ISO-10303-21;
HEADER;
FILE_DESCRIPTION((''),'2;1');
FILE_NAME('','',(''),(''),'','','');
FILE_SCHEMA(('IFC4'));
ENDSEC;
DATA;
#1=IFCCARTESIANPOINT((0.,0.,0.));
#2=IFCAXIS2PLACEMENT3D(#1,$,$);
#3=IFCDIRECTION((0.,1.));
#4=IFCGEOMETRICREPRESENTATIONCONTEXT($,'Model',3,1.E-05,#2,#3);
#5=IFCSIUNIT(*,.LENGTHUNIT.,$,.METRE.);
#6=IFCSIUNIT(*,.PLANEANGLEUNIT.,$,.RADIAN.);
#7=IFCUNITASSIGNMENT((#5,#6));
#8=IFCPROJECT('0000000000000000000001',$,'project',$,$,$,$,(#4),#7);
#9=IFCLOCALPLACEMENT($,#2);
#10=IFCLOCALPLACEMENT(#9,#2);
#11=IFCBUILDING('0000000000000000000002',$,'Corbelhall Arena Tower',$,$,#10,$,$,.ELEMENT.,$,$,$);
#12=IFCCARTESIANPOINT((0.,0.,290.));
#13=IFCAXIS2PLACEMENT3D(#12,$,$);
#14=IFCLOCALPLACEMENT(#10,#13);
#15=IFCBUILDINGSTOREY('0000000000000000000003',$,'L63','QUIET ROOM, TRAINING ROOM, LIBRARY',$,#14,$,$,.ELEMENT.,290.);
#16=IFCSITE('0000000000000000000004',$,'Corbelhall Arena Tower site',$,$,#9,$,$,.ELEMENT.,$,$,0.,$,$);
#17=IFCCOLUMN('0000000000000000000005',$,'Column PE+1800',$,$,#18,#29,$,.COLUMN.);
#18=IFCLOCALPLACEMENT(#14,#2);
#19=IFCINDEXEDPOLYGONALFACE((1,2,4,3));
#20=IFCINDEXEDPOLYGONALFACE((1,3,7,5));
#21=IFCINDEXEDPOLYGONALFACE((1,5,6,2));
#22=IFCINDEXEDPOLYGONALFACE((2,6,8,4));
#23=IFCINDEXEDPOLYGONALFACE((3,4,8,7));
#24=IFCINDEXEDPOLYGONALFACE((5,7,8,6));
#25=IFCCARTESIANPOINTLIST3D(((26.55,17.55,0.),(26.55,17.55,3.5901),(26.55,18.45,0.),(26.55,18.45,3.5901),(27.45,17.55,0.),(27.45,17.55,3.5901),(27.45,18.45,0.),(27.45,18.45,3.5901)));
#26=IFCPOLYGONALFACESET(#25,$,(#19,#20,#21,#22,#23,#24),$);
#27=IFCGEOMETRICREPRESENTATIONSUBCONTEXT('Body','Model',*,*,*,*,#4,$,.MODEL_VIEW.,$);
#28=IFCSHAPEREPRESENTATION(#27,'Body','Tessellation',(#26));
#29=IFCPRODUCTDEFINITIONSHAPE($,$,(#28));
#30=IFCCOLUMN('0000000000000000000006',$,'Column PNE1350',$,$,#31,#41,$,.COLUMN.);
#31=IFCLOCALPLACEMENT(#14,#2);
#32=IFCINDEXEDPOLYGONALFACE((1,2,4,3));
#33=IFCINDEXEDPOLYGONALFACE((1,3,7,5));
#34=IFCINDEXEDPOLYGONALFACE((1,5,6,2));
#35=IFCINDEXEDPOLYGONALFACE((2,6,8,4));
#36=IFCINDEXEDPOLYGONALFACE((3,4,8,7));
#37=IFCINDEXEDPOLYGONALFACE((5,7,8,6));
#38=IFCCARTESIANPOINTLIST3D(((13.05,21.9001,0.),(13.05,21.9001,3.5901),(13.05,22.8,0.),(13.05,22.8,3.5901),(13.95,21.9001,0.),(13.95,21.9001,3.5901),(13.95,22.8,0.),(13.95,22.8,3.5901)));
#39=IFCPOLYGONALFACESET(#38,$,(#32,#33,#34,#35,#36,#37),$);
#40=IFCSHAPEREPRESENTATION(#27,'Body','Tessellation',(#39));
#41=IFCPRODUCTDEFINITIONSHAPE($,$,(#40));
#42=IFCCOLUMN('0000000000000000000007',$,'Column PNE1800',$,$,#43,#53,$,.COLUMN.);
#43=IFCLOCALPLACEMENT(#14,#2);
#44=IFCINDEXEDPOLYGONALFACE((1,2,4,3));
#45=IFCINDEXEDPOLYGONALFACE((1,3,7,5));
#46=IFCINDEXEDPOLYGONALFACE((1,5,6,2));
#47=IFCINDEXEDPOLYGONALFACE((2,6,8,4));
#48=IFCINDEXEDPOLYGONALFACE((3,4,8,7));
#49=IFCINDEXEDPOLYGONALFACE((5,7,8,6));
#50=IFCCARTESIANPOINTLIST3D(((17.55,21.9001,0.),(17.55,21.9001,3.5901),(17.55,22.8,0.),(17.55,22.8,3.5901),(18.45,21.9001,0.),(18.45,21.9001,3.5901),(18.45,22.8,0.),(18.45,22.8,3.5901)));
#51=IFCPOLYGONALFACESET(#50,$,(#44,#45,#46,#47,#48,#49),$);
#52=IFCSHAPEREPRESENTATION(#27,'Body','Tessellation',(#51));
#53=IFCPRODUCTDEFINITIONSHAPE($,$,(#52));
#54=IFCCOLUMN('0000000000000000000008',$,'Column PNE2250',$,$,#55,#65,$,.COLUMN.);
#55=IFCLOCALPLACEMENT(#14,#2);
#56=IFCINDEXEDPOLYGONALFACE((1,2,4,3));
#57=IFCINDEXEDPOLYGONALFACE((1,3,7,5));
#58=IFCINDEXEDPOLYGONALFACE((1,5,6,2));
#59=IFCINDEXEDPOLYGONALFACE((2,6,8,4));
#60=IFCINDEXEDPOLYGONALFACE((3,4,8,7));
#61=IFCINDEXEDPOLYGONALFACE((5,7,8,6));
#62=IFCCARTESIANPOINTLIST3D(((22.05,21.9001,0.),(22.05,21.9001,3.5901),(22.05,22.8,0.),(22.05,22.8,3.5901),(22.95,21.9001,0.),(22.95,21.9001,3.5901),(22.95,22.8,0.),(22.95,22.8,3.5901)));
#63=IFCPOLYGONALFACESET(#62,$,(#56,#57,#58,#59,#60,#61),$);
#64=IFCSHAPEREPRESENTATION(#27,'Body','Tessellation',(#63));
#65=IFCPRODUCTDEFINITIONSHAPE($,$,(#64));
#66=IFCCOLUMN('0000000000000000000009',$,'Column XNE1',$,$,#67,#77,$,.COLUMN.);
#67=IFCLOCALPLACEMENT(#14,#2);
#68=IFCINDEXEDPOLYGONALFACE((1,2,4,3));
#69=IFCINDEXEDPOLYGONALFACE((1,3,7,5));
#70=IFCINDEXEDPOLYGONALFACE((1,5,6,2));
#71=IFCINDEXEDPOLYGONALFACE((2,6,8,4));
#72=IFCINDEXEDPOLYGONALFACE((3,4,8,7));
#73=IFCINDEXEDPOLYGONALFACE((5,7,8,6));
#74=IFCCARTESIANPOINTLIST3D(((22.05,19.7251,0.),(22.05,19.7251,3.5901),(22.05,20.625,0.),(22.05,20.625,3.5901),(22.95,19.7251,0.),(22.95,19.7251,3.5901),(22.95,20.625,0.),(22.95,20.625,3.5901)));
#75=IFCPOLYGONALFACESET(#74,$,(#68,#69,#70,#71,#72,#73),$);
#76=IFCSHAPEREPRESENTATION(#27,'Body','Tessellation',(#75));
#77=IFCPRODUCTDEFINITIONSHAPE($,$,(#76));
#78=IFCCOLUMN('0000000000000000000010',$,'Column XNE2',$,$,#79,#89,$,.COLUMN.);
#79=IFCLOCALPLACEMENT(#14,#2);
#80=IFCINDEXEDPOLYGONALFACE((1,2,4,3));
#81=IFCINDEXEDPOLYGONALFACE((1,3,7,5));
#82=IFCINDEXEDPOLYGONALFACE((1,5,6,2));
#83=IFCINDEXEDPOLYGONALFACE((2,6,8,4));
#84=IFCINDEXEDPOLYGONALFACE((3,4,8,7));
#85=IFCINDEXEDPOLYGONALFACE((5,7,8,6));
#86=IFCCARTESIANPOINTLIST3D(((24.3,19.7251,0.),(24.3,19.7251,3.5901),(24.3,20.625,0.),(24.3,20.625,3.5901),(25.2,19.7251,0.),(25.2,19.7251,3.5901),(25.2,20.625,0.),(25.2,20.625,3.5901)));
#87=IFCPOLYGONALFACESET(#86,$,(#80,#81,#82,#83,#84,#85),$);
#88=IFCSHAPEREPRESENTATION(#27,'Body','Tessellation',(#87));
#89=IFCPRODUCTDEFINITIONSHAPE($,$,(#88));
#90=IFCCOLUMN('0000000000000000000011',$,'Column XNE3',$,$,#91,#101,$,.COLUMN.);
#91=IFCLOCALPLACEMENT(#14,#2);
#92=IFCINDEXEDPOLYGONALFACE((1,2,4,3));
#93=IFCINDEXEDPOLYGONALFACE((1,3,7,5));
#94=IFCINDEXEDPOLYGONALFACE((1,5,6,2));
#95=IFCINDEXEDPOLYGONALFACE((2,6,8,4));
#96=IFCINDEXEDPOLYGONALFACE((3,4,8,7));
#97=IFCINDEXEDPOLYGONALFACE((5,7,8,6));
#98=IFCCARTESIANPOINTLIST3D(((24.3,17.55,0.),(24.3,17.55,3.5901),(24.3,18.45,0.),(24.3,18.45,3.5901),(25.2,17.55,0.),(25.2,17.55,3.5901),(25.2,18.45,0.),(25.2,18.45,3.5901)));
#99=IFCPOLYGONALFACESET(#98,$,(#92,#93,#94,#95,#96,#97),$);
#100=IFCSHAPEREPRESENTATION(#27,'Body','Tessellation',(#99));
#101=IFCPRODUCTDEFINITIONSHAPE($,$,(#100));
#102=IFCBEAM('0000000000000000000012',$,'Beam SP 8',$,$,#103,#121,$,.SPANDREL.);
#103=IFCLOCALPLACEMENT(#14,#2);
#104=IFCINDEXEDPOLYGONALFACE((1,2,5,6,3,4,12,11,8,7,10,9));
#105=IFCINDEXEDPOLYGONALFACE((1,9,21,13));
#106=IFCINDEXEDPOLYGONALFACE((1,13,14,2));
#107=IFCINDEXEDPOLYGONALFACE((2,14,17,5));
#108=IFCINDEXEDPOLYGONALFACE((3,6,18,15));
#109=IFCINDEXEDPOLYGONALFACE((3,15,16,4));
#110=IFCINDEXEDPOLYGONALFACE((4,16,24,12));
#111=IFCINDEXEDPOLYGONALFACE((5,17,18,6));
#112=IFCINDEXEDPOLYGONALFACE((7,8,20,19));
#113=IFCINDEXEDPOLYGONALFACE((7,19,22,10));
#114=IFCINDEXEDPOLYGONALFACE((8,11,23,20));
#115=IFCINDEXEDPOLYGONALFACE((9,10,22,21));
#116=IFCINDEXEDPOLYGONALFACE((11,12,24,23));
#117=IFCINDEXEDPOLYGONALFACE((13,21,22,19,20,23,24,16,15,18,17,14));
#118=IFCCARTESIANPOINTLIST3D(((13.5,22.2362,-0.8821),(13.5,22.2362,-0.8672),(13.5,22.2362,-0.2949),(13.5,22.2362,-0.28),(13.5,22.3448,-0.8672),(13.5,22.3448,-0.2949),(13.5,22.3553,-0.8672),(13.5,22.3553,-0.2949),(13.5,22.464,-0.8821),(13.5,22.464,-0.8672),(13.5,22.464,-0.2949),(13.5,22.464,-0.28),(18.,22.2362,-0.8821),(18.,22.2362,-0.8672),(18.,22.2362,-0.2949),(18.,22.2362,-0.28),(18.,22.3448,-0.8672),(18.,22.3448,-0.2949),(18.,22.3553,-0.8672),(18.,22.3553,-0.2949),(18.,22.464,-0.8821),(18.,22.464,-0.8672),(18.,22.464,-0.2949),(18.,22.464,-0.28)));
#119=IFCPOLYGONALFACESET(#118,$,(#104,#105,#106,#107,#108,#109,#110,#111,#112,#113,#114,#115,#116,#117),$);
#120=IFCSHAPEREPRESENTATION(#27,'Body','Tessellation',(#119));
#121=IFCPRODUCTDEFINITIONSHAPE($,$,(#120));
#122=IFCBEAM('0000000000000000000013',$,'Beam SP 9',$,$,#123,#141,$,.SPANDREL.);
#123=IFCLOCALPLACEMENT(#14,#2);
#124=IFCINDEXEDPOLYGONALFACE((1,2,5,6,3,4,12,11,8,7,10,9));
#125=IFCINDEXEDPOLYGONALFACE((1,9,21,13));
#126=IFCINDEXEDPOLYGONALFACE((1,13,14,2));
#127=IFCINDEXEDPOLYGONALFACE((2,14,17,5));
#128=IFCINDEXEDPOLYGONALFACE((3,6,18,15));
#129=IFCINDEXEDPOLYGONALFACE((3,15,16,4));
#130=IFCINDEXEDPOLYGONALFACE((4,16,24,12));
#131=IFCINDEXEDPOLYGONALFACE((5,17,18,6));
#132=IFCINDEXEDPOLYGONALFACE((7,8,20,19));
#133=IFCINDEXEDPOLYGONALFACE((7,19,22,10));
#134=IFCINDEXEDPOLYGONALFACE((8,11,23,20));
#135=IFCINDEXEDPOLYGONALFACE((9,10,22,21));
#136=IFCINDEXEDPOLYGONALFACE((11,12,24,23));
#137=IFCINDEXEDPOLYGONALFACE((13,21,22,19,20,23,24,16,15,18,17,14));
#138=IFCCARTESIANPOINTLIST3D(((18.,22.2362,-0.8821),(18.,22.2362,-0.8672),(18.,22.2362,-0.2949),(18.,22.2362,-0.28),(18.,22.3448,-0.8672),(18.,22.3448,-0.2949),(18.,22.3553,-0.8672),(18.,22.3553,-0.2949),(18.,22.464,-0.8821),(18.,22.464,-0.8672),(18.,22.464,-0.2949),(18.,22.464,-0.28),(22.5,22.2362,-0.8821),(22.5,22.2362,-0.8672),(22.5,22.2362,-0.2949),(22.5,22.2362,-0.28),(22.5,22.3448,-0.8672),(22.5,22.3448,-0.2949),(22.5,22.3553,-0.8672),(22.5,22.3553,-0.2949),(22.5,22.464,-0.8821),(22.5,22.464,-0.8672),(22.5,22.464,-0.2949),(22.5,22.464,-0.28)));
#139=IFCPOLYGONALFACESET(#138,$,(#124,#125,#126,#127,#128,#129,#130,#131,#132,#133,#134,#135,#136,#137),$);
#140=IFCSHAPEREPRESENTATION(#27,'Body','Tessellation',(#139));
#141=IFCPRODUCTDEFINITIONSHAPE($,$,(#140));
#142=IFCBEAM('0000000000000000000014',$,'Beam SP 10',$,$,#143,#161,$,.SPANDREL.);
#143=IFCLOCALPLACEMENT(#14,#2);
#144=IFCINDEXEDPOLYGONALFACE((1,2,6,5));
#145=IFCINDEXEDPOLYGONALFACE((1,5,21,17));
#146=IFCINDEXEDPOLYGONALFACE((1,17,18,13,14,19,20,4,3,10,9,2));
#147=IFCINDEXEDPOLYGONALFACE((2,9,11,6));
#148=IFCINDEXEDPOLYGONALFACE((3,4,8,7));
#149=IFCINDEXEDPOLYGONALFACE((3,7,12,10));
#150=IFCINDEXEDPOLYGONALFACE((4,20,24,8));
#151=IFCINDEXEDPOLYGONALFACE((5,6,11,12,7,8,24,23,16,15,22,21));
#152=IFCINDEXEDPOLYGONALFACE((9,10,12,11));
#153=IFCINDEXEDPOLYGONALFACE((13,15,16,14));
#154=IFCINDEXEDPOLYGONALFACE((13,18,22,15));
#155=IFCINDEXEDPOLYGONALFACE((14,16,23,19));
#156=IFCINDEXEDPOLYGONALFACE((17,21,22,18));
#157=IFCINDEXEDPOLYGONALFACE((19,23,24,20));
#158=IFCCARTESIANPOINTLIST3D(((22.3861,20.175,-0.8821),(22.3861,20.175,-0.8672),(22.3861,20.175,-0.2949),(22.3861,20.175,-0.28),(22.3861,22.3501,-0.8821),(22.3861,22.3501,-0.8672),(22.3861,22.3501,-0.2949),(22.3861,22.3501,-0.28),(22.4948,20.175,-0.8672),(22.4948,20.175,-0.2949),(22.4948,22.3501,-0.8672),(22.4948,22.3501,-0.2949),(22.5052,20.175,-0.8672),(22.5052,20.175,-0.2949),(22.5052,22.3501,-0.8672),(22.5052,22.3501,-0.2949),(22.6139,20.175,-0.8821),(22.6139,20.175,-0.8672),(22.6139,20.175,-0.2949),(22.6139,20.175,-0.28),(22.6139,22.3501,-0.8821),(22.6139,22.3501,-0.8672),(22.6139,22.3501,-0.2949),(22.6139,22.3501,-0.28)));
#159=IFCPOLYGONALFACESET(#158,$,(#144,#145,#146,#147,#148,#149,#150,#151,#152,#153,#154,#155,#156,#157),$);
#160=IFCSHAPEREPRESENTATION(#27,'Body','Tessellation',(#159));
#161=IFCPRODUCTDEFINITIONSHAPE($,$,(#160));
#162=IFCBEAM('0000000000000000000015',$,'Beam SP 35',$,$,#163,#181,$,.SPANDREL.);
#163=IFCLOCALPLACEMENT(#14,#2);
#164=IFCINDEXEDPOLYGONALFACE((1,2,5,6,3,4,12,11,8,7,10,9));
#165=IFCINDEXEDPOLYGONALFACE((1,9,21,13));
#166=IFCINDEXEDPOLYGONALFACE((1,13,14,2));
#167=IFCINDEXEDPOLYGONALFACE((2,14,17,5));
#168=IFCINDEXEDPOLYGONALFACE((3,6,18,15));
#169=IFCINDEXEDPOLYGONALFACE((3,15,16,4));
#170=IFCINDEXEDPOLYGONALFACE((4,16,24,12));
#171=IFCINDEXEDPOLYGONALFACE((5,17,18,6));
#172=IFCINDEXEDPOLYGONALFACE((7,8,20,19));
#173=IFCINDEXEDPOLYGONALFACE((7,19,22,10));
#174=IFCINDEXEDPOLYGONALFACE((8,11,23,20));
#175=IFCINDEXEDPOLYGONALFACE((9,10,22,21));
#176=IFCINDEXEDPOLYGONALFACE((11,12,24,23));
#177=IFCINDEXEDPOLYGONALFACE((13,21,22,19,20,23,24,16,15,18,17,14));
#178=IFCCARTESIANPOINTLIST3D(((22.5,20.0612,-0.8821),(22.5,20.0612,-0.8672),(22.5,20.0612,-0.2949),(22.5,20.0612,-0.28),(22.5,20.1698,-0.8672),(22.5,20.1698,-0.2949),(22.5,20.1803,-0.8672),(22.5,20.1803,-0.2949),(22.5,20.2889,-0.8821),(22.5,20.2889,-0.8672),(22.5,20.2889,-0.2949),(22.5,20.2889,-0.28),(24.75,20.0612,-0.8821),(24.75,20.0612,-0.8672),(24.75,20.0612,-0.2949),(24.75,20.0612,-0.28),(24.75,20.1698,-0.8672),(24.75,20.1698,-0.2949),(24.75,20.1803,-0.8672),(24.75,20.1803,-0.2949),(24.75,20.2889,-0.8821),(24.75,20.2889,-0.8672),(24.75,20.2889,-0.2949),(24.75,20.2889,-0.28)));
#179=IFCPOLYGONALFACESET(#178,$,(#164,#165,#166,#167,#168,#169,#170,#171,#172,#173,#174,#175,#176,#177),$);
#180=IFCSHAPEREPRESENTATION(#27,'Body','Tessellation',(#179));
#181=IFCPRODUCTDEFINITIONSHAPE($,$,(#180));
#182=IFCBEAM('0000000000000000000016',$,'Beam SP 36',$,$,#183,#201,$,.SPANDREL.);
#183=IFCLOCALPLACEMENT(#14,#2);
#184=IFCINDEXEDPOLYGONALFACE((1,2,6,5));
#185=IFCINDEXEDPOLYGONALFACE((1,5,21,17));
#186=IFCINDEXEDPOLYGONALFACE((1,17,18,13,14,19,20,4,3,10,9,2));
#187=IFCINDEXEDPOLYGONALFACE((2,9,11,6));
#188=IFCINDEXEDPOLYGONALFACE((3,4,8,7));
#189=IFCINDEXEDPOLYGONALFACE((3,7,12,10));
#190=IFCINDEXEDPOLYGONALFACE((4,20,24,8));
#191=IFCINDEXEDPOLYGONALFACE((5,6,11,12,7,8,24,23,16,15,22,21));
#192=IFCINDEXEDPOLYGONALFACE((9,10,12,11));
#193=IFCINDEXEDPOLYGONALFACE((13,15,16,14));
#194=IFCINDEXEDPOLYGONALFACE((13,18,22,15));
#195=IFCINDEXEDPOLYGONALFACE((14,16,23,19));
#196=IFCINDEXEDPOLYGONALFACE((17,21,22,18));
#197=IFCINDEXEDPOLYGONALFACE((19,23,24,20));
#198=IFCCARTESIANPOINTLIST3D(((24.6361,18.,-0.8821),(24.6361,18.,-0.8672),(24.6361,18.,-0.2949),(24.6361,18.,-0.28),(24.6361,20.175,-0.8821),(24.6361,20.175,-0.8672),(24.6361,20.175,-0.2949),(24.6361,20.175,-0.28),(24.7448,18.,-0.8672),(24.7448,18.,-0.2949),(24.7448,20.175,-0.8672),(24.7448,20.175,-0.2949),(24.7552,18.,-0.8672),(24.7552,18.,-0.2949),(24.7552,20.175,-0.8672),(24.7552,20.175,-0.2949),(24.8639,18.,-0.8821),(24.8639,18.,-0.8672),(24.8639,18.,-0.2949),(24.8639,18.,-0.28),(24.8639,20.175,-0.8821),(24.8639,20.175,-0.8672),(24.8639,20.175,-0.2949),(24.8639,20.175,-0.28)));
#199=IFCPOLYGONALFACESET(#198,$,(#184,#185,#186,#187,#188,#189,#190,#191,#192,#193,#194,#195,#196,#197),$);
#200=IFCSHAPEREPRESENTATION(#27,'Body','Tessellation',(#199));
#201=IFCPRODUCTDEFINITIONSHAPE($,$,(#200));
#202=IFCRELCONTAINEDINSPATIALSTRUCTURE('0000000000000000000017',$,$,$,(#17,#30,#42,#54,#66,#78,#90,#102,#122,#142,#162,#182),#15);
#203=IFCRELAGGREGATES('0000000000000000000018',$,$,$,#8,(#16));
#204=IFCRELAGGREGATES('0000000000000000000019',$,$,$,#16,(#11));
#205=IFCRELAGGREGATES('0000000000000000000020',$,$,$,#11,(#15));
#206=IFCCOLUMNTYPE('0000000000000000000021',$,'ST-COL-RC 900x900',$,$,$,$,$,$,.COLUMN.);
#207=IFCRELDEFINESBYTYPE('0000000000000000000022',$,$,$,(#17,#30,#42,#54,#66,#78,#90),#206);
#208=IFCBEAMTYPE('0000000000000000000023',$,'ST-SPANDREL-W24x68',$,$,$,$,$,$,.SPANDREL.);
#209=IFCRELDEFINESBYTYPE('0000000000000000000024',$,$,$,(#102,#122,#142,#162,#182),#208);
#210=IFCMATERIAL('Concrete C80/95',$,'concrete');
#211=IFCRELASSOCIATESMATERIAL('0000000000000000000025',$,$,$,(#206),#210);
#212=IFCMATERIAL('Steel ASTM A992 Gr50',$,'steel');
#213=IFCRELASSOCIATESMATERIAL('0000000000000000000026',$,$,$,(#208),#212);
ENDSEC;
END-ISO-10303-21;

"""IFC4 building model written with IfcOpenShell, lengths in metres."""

from ifc_helpers import new_model, si_unit, direction, frame, origin, origin_2d, place, context, subcontext, project, spatial, rectangle, i_section, extrude, material, material_profile, profile_set, type_object, element, save


model = new_model("IFC4")

# Units and contexts
model_context = context("Model", 3, precision=1e-05, world=origin(), true_north=direction((0.0, 1.0)))
body_context = subcontext(model_context, "Body", "Model", "MODEL_VIEW")
ifc_project = project(units=[si_unit("LENGTHUNIT", "METRE"), si_unit("PLANEANGLEUNIT", "RADIAN")], contexts=[model_context])

# Site, building, storey
site_placement = place(None, origin())
site = spatial("IfcSite", under=ifc_project, at=site_placement, Name="Corbelhall Arena Tower site", CompositionType="ELEMENT", RefElevation=0.0)
building_placement = place(site_placement, origin())
building = spatial("IfcBuilding", under=site, at=building_placement, Name="Corbelhall Arena Tower", CompositionType="ELEMENT")
storey_placement = place(building_placement, frame((0.0, 0.0, 290.0)))
storey = spatial("IfcBuildingStorey", under=building, at=storey_placement, Name="L63", Description="QUIET ROOM, TRAINING ROOM, LIBRARY", CompositionType="ELEMENT", Elevation=290.0)

# Columns
ifc_material_1 = material(Name="Concrete C80/95", Category="concrete")
ifc_material_profile_1 = material_profile(ifc_material_1, rectangle(XDim=0.8999, YDim=0.8999, at=origin_2d()))
ifc_profile_set_1 = profile_set([ifc_material_profile_1], Name="Concrete C80/95")
column_type = type_object("IfcColumnType", Name="ST-COL-RC 900x900", PredefinedType="COLUMN", material=ifc_profile_set_1)
for number, where, z_axis, x_axis, name in (
    (1, (27.0, 18.0, 0.0), (0.0, 0.0, 1.0), (0.0, 1.0, 0.0), "Column PE+1800"),
    (2, (13.5, 22.3501, 0.0), (0.0, 0.0, 1.0), (1.0, 0.0, 0.0), "Column PNE1350"),
    (3, (18.0, 22.3501, 0.0), (0.0, 0.0, 1.0), (1.0, 0.0, 0.0), "Column PNE1800"),
    (4, (22.5, 22.3501, 0.0), (0.0, 0.0, 1.0), (1.0, 0.0, 0.0), "Column PNE2250"),
    (5, (22.5, 20.175, 0.0), (0.0, 0.0, 1.0), (1.0, 0.0, 0.0), "Column XNE1"),
    (6, (24.75, 20.175, 0.0), (0.0, 0.0, 1.0), (1.0, 0.0, 0.0), "Column XNE2"),
    (7, (24.75, 18.0, 0.0), (0.0, 0.0, 1.0), (1.0, 0.0, 0.0), "Column XNE3"),
):
    element("IfcColumn", number, at=place(storey_placement, frame(where, z_axis=z_axis, x_axis=x_axis)), inside=storey, type_object=column_type, Name=name, PredefinedType="COLUMN", context=body_context, shape_type="SweptSolid", body=[
        extrude(rectangle(XDim=0.8999, YDim=0.8999, at=origin_2d()), origin(), (0.0, 0.0, 1.0), 3.5901),
    ])

# Beams
ifc_material_2 = material(Name="Steel ASTM A992 Gr50", Category="steel")
ifc_material_profile_2 = material_profile(ifc_material_2, i_section(OverallWidth=0.2278, OverallDepth=0.6021, WebThickness=0.0105, FlangeThickness=0.0149, at=origin_2d()))
ifc_profile_set_2 = profile_set([ifc_material_profile_2], Name="Steel ASTM A992 Gr50")
beam_type_1 = type_object("IfcBeamType", Name="ST-SPANDREL-W24x68", PredefinedType="SPANDREL", material=ifc_profile_set_2)
for number, where, z_axis, x_axis, name in (
    (8, (13.5, 22.3501, -0.5811), (1.0, 0.0, 0.0), (0.0, 1.0, 0.0), "Beam SP 8"),
    (9, (18.0, 22.3501, -0.5811), (1.0, 0.0, 0.0), (0.0, 1.0, 0.0), "Beam SP 9"),
):
    element("IfcBeam", number, at=place(storey_placement, frame(where, z_axis=z_axis, x_axis=x_axis)), inside=storey, type_object=beam_type_1, Name=name, PredefinedType="SPANDREL", context=body_context, shape_type="SweptSolid", body=[
        extrude(i_section(OverallWidth=0.2278, OverallDepth=0.6021, WebThickness=0.0105, FlangeThickness=0.0149, at=origin_2d()), origin(), (0.0, 0.0, 1.0), 4.5),
    ])
beam_1_placement = place(storey_placement, frame((22.5, 22.3501, -0.5811), z_axis=(0.0, -1.0, 0.0), x_axis=(1.0, 0.0, 0.0)))
element("IfcBeam", 10, at=beam_1_placement, inside=storey, type_object=beam_type_1, Name="Beam SP 10", PredefinedType="SPANDREL", context=body_context, shape_type="SweptSolid", body=[
    extrude(i_section(OverallWidth=0.2278, OverallDepth=0.6021, WebThickness=0.0105, FlangeThickness=0.0149, at=origin_2d()), origin(), (0.0, 0.0, 1.0), 2.175),
])
beam_2_placement = place(storey_placement, frame((22.5, 20.175, -0.5811), z_axis=(1.0, 0.0, 0.0), x_axis=(0.0, 1.0, 0.0)))
element("IfcBeam", 11, at=beam_2_placement, inside=storey, type_object=beam_type_1, Name="Beam SP 35", PredefinedType="SPANDREL", context=body_context, shape_type="SweptSolid", body=[
    extrude(i_section(OverallWidth=0.2278, OverallDepth=0.6021, WebThickness=0.0105, FlangeThickness=0.0149, at=origin_2d()), origin(), (0.0, 0.0, 1.0), 2.25),
])
beam_3_placement = place(storey_placement, frame((24.75, 20.175, -0.5811), z_axis=(0.0, -1.0, 0.0), x_axis=(1.0, 0.0, 0.0)))
element("IfcBeam", 12, at=beam_3_placement, inside=storey, type_object=beam_type_1, Name="Beam SP 36", PredefinedType="SPANDREL", context=body_context, shape_type="SweptSolid", body=[
    extrude(i_section(OverallWidth=0.2278, OverallDepth=0.6021, WebThickness=0.0105, FlangeThickness=0.0149, at=origin_2d()), origin(), (0.0, 0.0, 1.0), 2.175),
])

save(model, "model.ifc")
